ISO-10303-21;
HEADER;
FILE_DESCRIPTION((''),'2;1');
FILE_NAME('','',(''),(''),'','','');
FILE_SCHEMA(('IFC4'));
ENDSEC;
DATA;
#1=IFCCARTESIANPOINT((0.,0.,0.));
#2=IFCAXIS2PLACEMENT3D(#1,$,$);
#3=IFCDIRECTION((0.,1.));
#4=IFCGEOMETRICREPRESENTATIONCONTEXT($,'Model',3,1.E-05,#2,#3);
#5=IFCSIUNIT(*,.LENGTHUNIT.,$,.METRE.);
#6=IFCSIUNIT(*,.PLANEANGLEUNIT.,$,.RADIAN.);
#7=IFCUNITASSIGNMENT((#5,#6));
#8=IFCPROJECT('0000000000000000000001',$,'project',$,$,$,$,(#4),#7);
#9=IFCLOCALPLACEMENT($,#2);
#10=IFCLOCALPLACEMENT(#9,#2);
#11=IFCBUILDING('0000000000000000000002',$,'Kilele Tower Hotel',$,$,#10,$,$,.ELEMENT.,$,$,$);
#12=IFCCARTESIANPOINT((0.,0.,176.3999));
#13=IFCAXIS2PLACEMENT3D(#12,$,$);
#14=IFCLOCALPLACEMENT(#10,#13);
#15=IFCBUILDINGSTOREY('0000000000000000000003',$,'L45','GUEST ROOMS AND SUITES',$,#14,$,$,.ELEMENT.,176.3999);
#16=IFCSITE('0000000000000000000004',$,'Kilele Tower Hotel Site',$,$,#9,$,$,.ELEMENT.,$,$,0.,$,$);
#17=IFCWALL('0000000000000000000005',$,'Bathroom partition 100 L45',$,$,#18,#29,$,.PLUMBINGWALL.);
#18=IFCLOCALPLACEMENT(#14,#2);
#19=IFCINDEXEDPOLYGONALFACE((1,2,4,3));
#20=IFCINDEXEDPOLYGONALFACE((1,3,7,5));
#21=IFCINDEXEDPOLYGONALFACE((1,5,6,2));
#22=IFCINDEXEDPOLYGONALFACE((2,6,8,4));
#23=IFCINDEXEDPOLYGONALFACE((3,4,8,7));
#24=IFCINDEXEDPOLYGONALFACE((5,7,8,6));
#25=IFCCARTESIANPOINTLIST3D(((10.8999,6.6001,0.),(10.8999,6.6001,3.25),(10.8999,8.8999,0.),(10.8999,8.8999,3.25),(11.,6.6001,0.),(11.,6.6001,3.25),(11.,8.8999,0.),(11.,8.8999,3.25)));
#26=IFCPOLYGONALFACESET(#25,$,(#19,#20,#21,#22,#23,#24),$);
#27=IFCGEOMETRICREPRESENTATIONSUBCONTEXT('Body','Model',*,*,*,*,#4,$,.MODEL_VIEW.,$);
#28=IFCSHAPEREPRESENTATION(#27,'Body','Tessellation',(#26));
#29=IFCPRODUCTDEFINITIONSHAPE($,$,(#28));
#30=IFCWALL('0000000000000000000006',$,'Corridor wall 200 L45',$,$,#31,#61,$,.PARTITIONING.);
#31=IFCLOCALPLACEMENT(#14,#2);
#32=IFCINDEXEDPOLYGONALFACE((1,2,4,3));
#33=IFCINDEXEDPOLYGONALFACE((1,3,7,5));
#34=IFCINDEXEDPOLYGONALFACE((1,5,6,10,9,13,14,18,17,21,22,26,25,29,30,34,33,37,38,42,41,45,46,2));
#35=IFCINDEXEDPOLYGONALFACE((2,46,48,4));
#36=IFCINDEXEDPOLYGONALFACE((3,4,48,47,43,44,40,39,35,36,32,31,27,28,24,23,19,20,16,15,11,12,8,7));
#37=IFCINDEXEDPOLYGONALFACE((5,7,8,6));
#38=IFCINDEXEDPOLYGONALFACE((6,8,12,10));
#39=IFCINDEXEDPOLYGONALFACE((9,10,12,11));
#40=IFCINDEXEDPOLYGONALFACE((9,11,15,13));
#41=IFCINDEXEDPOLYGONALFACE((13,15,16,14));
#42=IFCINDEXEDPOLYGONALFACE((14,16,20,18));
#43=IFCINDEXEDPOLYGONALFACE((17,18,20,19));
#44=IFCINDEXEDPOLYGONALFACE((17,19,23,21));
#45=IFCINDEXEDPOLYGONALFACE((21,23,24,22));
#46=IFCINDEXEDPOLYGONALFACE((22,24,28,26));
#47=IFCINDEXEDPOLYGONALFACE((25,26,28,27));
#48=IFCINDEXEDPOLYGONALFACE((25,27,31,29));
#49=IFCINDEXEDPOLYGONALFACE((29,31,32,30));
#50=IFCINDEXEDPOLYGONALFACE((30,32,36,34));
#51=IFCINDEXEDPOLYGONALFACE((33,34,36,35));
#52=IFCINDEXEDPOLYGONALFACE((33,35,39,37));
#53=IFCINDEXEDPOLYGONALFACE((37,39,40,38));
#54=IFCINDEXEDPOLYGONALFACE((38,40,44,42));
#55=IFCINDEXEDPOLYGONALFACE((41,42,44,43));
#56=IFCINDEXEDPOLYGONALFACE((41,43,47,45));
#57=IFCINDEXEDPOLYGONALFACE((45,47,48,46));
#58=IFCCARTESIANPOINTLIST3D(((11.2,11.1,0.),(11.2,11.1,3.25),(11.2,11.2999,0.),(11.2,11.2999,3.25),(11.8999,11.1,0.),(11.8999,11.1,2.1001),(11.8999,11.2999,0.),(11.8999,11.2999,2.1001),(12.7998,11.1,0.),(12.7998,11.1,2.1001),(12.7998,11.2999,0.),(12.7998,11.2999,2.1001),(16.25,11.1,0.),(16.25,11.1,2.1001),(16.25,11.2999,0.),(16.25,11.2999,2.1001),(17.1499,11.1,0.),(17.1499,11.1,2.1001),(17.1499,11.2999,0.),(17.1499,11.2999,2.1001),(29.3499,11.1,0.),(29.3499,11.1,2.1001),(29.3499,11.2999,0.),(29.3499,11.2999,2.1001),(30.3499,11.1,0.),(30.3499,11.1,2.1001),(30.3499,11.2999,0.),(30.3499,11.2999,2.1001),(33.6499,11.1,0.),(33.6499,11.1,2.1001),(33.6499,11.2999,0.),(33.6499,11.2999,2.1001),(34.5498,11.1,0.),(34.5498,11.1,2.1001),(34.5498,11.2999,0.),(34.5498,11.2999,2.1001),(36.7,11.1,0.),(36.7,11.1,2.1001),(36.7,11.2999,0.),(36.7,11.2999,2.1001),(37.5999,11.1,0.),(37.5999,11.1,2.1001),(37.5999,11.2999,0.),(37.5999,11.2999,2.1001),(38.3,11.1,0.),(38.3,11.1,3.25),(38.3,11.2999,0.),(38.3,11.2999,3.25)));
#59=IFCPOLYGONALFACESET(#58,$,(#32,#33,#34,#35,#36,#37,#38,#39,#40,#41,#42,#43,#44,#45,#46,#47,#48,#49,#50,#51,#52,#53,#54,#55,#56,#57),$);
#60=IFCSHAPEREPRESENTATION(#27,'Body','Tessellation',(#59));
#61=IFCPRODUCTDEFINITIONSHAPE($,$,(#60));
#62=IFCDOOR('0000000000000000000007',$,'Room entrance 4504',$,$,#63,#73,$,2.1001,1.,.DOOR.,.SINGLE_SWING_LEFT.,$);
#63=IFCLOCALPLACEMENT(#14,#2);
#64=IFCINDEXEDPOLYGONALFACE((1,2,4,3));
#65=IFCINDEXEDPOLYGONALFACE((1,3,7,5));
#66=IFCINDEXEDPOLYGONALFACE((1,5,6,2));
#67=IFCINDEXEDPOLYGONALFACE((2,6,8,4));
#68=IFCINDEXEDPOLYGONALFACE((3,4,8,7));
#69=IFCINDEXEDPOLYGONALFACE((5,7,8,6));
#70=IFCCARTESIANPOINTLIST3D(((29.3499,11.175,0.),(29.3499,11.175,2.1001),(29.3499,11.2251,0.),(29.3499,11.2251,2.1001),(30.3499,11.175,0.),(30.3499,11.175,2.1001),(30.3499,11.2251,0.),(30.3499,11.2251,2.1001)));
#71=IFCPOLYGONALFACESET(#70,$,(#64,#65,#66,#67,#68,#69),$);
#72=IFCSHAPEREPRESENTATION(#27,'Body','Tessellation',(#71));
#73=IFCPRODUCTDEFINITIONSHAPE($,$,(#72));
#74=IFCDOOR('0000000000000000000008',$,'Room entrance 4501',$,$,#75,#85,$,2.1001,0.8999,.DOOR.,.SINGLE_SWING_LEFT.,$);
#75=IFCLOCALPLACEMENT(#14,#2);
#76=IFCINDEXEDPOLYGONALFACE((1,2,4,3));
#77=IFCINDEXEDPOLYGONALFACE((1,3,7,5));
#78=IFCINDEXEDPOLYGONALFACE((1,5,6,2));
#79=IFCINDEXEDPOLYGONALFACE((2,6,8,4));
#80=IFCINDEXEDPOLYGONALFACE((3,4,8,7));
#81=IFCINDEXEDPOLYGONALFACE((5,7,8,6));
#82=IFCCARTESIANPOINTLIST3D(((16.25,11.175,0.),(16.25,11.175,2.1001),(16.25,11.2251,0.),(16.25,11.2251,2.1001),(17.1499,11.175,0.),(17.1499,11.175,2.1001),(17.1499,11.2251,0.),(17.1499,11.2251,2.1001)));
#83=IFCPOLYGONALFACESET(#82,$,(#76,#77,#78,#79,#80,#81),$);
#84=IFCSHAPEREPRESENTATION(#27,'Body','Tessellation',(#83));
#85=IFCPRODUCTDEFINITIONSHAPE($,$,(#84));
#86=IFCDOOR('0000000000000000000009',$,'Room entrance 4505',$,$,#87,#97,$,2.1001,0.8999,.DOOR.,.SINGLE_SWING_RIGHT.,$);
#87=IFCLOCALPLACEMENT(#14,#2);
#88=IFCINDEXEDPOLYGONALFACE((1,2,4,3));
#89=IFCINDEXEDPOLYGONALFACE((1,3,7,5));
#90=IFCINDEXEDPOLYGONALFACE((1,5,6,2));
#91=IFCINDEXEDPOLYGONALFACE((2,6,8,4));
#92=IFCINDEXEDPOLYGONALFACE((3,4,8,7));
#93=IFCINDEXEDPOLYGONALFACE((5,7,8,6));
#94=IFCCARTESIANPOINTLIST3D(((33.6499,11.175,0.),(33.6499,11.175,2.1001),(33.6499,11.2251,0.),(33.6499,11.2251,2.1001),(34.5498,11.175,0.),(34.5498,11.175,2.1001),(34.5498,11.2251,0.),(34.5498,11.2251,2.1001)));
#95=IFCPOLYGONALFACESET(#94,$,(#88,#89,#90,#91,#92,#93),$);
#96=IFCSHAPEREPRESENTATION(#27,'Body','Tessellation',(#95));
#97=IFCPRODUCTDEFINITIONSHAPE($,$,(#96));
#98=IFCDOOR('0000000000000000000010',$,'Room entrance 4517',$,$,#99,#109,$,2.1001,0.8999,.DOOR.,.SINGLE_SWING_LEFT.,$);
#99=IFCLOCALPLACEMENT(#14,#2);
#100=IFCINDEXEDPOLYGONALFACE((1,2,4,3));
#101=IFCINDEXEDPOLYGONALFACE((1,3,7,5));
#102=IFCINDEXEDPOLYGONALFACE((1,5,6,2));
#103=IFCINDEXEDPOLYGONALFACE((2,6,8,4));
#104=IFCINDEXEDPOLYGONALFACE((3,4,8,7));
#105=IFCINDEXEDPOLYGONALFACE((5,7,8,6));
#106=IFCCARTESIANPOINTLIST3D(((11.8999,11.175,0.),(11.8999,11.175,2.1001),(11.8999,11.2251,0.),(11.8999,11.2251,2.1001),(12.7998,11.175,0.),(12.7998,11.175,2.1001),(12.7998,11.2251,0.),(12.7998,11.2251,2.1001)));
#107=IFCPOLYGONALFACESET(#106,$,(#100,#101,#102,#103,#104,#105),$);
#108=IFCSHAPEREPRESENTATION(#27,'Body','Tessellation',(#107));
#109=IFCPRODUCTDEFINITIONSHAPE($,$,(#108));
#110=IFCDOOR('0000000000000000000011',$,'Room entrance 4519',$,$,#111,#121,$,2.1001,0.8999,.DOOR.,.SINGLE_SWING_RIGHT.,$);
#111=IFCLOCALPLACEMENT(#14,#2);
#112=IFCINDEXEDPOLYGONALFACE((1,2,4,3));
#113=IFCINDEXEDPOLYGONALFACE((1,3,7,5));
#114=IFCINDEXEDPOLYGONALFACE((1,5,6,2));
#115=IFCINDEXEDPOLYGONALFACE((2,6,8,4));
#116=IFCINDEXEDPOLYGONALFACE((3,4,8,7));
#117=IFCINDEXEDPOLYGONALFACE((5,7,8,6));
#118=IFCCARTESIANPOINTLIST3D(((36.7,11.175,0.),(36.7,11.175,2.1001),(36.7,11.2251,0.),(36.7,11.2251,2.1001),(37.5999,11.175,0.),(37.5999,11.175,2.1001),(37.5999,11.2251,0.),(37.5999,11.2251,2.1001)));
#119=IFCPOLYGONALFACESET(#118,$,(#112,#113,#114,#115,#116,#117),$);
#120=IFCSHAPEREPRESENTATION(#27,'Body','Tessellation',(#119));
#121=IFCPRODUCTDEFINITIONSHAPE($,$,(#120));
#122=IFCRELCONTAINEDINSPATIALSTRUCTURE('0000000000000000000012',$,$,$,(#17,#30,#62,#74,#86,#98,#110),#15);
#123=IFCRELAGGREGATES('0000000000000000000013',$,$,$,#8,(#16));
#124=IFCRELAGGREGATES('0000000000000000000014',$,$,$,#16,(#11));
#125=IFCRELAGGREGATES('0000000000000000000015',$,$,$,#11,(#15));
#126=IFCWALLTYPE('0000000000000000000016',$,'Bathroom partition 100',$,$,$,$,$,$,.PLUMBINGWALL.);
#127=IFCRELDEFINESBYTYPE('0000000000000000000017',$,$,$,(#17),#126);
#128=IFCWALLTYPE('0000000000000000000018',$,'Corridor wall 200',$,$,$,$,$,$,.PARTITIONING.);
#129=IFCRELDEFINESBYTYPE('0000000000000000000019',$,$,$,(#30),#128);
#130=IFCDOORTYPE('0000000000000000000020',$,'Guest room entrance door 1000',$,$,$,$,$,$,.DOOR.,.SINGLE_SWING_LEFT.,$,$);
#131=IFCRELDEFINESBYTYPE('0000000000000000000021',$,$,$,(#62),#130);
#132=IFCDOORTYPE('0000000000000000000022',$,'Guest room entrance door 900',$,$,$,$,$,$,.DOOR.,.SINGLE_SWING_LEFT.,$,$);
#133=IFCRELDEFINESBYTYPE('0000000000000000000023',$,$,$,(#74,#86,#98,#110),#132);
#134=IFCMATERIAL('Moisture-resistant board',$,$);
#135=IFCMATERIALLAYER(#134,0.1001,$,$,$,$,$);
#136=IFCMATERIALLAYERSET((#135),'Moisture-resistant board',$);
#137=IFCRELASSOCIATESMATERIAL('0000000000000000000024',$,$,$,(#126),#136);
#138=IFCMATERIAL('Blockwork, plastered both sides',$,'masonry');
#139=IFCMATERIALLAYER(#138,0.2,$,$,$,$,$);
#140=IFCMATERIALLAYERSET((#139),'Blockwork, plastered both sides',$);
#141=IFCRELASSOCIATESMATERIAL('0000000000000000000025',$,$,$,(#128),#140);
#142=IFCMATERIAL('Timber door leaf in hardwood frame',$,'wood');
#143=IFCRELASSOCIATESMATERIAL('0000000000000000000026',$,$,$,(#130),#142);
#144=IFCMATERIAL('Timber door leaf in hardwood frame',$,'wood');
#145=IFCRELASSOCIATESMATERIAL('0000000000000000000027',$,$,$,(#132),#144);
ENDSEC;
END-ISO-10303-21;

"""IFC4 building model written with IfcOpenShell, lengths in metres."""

from ifc_helpers import new_model, si_unit, direction, frame, frame_2d, origin, place, context, subcontext, project, spatial, rectangle, extrude, material, layer, layer_set, type_object, element, fill, save


model = new_model("IFC4")

# Units and contexts
model_context = context("Model", 3, precision=1e-05, world=origin(), true_north=direction((0.0, 1.0)))
body_context = subcontext(model_context, "Body", "Model", "MODEL_VIEW")
ifc_project = project(units=[si_unit("LENGTHUNIT", "METRE"), si_unit("PLANEANGLEUNIT", "RADIAN")], contexts=[model_context])

# Site, building, storey
site_placement = place(None, origin())
site = spatial("IfcSite", under=ifc_project, at=site_placement, Name="Kilele Tower Hotel Site", CompositionType="ELEMENT", RefElevation=0.0)
building_placement = place(site_placement, origin())
building = spatial("IfcBuilding", under=site, at=building_placement, Name="Kilele Tower Hotel", CompositionType="ELEMENT")
storey_placement = place(building_placement, frame((0.0, 0.0, 176.3999)))
storey = spatial("IfcBuildingStorey", under=building, at=storey_placement, Name="L45", Description="GUEST ROOMS AND SUITES", CompositionType="ELEMENT", Elevation=176.3999)

# Wall
ifc_material_1 = material(Name="Moisture-resistant board")
ifc_layer_1 = layer(ifc_material_1, 0.1001)
ifc_layer_set_1 = layer_set([ifc_layer_1], Name="Moisture-resistant board")
wall_type_1 = type_object("IfcWallType", Name="Bathroom partition 100", PredefinedType="PLUMBINGWALL", material=ifc_layer_set_1)
wall_1_placement = place(storey_placement, frame((10.95, 8.8999, 0.0), z_axis=(0.0, 0.0, 1.0), x_axis=(0.0, -1.0, 0.0)))
element("IfcWall", 1, at=wall_1_placement, inside=storey, type_object=wall_type_1, Name="Bathroom partition 100 L45", PredefinedType="PLUMBINGWALL", context=body_context, shape_type="SweptSolid", body=[
    extrude(rectangle(XDim=2.2998, YDim=0.1001, at=frame_2d((1.1499, 0.0))), origin(), (0.0, 0.0, 1.0), 3.25),
])

# Wall, openings, doors
ifc_material_2 = material(Name="Blockwork, plastered both sides", Category="masonry")
ifc_layer_2 = layer(ifc_material_2, 0.2)
ifc_layer_set_2 = layer_set([ifc_layer_2], Name="Blockwork, plastered both sides")
wall_type_2 = type_object("IfcWallType", Name="Corridor wall 200", PredefinedType="PARTITIONING", material=ifc_layer_set_2)
wall_2_placement = place(storey_placement, frame((11.2, 11.2, 0.0), z_axis=(0.0, 0.0, 1.0), x_axis=(1.0, 0.0, 0.0)))
wall_2 = element("IfcWall", 2, at=wall_2_placement, inside=storey, type_object=wall_type_2, Name="Corridor wall 200 L45", PredefinedType="PARTITIONING", context=body_context, shape_type="SweptSolid", body=[
    extrude(rectangle(XDim=27.1001, YDim=0.2, at=frame_2d((13.55, 0.0))), origin(), (0.0, 0.0, 1.0), 3.25),
])
opening_1_placement = place(wall_2_placement, frame((5.95, 0.0, 0.0), z_axis=(0.0, 0.0, 1.0), x_axis=(-1.0, 0.0, 0.0)))
opening_1 = element("IfcOpeningElement", 3, at=opening_1_placement, cuts=wall_2, PredefinedType="OPENING", context=body_context, shape_type="SweptSolid", body=[
    extrude(rectangle(XDim=0.8999, YDim=2.1001, at=frame_2d((0.45, 1.05))), frame((0.0, 0.1099, 0.0), z_axis=(0.0, -1.0, 0.0), x_axis=(1.0, 0.0, 0.0)), (0.0, 0.0, 1.0), 0.22),
])
opening_2_placement = place(wall_2_placement, frame((19.1499, 0.0, 0.0), z_axis=(0.0, 0.0, 1.0), x_axis=(-1.0, 0.0, 0.0)))
opening_2 = element("IfcOpeningElement", 4, at=opening_2_placement, cuts=wall_2, PredefinedType="OPENING", context=body_context, shape_type="SweptSolid", body=[
    extrude(rectangle(XDim=1.0, YDim=2.1001, at=frame_2d((0.5, 1.05))), frame((0.0, 0.1099, 0.0), z_axis=(0.0, -1.0, 0.0), x_axis=(1.0, 0.0, 0.0)), (0.0, 0.0, 1.0), 0.22),
])
opening_3_placement = place(wall_2_placement, frame((23.3499, 0.0, 0.0), z_axis=(0.0, 0.0, 1.0), x_axis=(-1.0, 0.0, 0.0)))
opening_3 = element("IfcOpeningElement", 5, at=opening_3_placement, cuts=wall_2, PredefinedType="OPENING", context=body_context, shape_type="SweptSolid", body=[
    extrude(rectangle(XDim=0.8999, YDim=2.1001, at=frame_2d((0.45, 1.05))), frame((0.0, 0.1099, 0.0), z_axis=(0.0, -1.0, 0.0), x_axis=(1.0, 0.0, 0.0)), (0.0, 0.0, 1.0), 0.22),
])
opening_4_placement = place(wall_2_placement, frame((1.5999, 0.0, 0.0), z_axis=(0.0, 0.0, 1.0), x_axis=(-1.0, 0.0, 0.0)))
opening_4 = element("IfcOpeningElement", 6, at=opening_4_placement, cuts=wall_2, PredefinedType="OPENING", context=body_context, shape_type="SweptSolid", body=[
    extrude(rectangle(XDim=0.8999, YDim=2.1001, at=frame_2d((0.45, 1.05))), frame((0.0, 0.1099, 0.0), z_axis=(0.0, -1.0, 0.0), x_axis=(1.0, 0.0, 0.0)), (0.0, 0.0, 1.0), 0.22),
])
opening_5_placement = place(wall_2_placement, frame((26.3999, 0.0, 0.0), z_axis=(0.0, 0.0, 1.0), x_axis=(-1.0, 0.0, 0.0)))
opening_5 = element("IfcOpeningElement", 7, at=opening_5_placement, cuts=wall_2, PredefinedType="OPENING", context=body_context, shape_type="SweptSolid", body=[
    extrude(rectangle(XDim=0.8999, YDim=2.1001, at=frame_2d((0.45, 1.05))), frame((0.0, 0.1099, 0.0), z_axis=(0.0, -1.0, 0.0), x_axis=(1.0, 0.0, 0.0)), (0.0, 0.0, 1.0), 0.22),
])
ifc_material_3 = material(Name="Timber door leaf in hardwood frame", Category="wood")
door_type_1 = type_object("IfcDoorType", Name="Guest room entrance door 1000", OperationType="SINGLE_SWING_LEFT", PredefinedType="DOOR", material=ifc_material_3)
door_1_placement = place(opening_2_placement, origin())
door_1 = element("IfcDoor", 8, at=door_1_placement, inside=storey, type_object=door_type_1, Name="Room entrance 4504", OperationType="SINGLE_SWING_LEFT", OverallHeight=2.1001, OverallWidth=1.0, PredefinedType="DOOR", context=body_context, shape_type="SweptSolid", body=[
    extrude(rectangle(XDim=1.0, YDim=2.1001, at=frame_2d((0.5, 1.05))), frame((0.0, 0.0249, 0.0), z_axis=(0.0, -1.0, 0.0), x_axis=(1.0, 0.0, 0.0)), (0.0, 0.0, 1.0), 0.05),
])
fill(opening_2, door_1)
ifc_material_4 = material(Name="Timber door leaf in hardwood frame", Category="wood")
door_type_2 = type_object("IfcDoorType", Name="Guest room entrance door 900", OperationType="SINGLE_SWING_LEFT", PredefinedType="DOOR", material=ifc_material_4)
door_2_placement = place(opening_1_placement, origin())
door_2 = element("IfcDoor", 9, at=door_2_placement, inside=storey, type_object=door_type_2, Name="Room entrance 4501", OperationType="SINGLE_SWING_LEFT", OverallHeight=2.1001, OverallWidth=0.8999, PredefinedType="DOOR", context=body_context, shape_type="SweptSolid", body=[
    extrude(rectangle(XDim=0.8999, YDim=2.1001, at=frame_2d((0.45, 1.05))), frame((0.0, 0.0249, 0.0), z_axis=(0.0, -1.0, 0.0), x_axis=(1.0, 0.0, 0.0)), (0.0, 0.0, 1.0), 0.05),
])
fill(opening_1, door_2)
door_3_placement = place(opening_3_placement, origin())
door_3 = element("IfcDoor", 10, at=door_3_placement, inside=storey, type_object=door_type_2, Name="Room entrance 4505", OperationType="SINGLE_SWING_RIGHT", OverallHeight=2.1001, OverallWidth=0.8999, PredefinedType="DOOR", context=body_context, shape_type="SweptSolid", body=[
    extrude(rectangle(XDim=0.8999, YDim=2.1001, at=frame_2d((0.45, 1.05))), frame((0.0, 0.0249, 0.0), z_axis=(0.0, -1.0, 0.0), x_axis=(1.0, 0.0, 0.0)), (0.0, 0.0, 1.0), 0.05),
])
fill(opening_3, door_3)
door_4_placement = place(opening_4_placement, origin())
door_4 = element("IfcDoor", 11, at=door_4_placement, inside=storey, type_object=door_type_2, Name="Room entrance 4517", OperationType="SINGLE_SWING_LEFT", OverallHeight=2.1001, OverallWidth=0.8999, PredefinedType="DOOR", context=body_context, shape_type="SweptSolid", body=[
    extrude(rectangle(XDim=0.8999, YDim=2.1001, at=frame_2d((0.45, 1.05))), frame((0.0, 0.0249, 0.0), z_axis=(0.0, -1.0, 0.0), x_axis=(1.0, 0.0, 0.0)), (0.0, 0.0, 1.0), 0.05),
])
fill(opening_4, door_4)
door_5_placement = place(opening_5_placement, origin())
door_5 = element("IfcDoor", 12, at=door_5_placement, inside=storey, type_object=door_type_2, Name="Room entrance 4519", OperationType="SINGLE_SWING_RIGHT", OverallHeight=2.1001, OverallWidth=0.8999, PredefinedType="DOOR", context=body_context, shape_type="SweptSolid", body=[
    extrude(rectangle(XDim=0.8999, YDim=2.1001, at=frame_2d((0.45, 1.05))), frame((0.0, 0.0249, 0.0), z_axis=(0.0, -1.0, 0.0), x_axis=(1.0, 0.0, 0.0)), (0.0, 0.0, 1.0), 0.05),
])
fill(opening_5, door_5)

save(model, "model.ifc")
